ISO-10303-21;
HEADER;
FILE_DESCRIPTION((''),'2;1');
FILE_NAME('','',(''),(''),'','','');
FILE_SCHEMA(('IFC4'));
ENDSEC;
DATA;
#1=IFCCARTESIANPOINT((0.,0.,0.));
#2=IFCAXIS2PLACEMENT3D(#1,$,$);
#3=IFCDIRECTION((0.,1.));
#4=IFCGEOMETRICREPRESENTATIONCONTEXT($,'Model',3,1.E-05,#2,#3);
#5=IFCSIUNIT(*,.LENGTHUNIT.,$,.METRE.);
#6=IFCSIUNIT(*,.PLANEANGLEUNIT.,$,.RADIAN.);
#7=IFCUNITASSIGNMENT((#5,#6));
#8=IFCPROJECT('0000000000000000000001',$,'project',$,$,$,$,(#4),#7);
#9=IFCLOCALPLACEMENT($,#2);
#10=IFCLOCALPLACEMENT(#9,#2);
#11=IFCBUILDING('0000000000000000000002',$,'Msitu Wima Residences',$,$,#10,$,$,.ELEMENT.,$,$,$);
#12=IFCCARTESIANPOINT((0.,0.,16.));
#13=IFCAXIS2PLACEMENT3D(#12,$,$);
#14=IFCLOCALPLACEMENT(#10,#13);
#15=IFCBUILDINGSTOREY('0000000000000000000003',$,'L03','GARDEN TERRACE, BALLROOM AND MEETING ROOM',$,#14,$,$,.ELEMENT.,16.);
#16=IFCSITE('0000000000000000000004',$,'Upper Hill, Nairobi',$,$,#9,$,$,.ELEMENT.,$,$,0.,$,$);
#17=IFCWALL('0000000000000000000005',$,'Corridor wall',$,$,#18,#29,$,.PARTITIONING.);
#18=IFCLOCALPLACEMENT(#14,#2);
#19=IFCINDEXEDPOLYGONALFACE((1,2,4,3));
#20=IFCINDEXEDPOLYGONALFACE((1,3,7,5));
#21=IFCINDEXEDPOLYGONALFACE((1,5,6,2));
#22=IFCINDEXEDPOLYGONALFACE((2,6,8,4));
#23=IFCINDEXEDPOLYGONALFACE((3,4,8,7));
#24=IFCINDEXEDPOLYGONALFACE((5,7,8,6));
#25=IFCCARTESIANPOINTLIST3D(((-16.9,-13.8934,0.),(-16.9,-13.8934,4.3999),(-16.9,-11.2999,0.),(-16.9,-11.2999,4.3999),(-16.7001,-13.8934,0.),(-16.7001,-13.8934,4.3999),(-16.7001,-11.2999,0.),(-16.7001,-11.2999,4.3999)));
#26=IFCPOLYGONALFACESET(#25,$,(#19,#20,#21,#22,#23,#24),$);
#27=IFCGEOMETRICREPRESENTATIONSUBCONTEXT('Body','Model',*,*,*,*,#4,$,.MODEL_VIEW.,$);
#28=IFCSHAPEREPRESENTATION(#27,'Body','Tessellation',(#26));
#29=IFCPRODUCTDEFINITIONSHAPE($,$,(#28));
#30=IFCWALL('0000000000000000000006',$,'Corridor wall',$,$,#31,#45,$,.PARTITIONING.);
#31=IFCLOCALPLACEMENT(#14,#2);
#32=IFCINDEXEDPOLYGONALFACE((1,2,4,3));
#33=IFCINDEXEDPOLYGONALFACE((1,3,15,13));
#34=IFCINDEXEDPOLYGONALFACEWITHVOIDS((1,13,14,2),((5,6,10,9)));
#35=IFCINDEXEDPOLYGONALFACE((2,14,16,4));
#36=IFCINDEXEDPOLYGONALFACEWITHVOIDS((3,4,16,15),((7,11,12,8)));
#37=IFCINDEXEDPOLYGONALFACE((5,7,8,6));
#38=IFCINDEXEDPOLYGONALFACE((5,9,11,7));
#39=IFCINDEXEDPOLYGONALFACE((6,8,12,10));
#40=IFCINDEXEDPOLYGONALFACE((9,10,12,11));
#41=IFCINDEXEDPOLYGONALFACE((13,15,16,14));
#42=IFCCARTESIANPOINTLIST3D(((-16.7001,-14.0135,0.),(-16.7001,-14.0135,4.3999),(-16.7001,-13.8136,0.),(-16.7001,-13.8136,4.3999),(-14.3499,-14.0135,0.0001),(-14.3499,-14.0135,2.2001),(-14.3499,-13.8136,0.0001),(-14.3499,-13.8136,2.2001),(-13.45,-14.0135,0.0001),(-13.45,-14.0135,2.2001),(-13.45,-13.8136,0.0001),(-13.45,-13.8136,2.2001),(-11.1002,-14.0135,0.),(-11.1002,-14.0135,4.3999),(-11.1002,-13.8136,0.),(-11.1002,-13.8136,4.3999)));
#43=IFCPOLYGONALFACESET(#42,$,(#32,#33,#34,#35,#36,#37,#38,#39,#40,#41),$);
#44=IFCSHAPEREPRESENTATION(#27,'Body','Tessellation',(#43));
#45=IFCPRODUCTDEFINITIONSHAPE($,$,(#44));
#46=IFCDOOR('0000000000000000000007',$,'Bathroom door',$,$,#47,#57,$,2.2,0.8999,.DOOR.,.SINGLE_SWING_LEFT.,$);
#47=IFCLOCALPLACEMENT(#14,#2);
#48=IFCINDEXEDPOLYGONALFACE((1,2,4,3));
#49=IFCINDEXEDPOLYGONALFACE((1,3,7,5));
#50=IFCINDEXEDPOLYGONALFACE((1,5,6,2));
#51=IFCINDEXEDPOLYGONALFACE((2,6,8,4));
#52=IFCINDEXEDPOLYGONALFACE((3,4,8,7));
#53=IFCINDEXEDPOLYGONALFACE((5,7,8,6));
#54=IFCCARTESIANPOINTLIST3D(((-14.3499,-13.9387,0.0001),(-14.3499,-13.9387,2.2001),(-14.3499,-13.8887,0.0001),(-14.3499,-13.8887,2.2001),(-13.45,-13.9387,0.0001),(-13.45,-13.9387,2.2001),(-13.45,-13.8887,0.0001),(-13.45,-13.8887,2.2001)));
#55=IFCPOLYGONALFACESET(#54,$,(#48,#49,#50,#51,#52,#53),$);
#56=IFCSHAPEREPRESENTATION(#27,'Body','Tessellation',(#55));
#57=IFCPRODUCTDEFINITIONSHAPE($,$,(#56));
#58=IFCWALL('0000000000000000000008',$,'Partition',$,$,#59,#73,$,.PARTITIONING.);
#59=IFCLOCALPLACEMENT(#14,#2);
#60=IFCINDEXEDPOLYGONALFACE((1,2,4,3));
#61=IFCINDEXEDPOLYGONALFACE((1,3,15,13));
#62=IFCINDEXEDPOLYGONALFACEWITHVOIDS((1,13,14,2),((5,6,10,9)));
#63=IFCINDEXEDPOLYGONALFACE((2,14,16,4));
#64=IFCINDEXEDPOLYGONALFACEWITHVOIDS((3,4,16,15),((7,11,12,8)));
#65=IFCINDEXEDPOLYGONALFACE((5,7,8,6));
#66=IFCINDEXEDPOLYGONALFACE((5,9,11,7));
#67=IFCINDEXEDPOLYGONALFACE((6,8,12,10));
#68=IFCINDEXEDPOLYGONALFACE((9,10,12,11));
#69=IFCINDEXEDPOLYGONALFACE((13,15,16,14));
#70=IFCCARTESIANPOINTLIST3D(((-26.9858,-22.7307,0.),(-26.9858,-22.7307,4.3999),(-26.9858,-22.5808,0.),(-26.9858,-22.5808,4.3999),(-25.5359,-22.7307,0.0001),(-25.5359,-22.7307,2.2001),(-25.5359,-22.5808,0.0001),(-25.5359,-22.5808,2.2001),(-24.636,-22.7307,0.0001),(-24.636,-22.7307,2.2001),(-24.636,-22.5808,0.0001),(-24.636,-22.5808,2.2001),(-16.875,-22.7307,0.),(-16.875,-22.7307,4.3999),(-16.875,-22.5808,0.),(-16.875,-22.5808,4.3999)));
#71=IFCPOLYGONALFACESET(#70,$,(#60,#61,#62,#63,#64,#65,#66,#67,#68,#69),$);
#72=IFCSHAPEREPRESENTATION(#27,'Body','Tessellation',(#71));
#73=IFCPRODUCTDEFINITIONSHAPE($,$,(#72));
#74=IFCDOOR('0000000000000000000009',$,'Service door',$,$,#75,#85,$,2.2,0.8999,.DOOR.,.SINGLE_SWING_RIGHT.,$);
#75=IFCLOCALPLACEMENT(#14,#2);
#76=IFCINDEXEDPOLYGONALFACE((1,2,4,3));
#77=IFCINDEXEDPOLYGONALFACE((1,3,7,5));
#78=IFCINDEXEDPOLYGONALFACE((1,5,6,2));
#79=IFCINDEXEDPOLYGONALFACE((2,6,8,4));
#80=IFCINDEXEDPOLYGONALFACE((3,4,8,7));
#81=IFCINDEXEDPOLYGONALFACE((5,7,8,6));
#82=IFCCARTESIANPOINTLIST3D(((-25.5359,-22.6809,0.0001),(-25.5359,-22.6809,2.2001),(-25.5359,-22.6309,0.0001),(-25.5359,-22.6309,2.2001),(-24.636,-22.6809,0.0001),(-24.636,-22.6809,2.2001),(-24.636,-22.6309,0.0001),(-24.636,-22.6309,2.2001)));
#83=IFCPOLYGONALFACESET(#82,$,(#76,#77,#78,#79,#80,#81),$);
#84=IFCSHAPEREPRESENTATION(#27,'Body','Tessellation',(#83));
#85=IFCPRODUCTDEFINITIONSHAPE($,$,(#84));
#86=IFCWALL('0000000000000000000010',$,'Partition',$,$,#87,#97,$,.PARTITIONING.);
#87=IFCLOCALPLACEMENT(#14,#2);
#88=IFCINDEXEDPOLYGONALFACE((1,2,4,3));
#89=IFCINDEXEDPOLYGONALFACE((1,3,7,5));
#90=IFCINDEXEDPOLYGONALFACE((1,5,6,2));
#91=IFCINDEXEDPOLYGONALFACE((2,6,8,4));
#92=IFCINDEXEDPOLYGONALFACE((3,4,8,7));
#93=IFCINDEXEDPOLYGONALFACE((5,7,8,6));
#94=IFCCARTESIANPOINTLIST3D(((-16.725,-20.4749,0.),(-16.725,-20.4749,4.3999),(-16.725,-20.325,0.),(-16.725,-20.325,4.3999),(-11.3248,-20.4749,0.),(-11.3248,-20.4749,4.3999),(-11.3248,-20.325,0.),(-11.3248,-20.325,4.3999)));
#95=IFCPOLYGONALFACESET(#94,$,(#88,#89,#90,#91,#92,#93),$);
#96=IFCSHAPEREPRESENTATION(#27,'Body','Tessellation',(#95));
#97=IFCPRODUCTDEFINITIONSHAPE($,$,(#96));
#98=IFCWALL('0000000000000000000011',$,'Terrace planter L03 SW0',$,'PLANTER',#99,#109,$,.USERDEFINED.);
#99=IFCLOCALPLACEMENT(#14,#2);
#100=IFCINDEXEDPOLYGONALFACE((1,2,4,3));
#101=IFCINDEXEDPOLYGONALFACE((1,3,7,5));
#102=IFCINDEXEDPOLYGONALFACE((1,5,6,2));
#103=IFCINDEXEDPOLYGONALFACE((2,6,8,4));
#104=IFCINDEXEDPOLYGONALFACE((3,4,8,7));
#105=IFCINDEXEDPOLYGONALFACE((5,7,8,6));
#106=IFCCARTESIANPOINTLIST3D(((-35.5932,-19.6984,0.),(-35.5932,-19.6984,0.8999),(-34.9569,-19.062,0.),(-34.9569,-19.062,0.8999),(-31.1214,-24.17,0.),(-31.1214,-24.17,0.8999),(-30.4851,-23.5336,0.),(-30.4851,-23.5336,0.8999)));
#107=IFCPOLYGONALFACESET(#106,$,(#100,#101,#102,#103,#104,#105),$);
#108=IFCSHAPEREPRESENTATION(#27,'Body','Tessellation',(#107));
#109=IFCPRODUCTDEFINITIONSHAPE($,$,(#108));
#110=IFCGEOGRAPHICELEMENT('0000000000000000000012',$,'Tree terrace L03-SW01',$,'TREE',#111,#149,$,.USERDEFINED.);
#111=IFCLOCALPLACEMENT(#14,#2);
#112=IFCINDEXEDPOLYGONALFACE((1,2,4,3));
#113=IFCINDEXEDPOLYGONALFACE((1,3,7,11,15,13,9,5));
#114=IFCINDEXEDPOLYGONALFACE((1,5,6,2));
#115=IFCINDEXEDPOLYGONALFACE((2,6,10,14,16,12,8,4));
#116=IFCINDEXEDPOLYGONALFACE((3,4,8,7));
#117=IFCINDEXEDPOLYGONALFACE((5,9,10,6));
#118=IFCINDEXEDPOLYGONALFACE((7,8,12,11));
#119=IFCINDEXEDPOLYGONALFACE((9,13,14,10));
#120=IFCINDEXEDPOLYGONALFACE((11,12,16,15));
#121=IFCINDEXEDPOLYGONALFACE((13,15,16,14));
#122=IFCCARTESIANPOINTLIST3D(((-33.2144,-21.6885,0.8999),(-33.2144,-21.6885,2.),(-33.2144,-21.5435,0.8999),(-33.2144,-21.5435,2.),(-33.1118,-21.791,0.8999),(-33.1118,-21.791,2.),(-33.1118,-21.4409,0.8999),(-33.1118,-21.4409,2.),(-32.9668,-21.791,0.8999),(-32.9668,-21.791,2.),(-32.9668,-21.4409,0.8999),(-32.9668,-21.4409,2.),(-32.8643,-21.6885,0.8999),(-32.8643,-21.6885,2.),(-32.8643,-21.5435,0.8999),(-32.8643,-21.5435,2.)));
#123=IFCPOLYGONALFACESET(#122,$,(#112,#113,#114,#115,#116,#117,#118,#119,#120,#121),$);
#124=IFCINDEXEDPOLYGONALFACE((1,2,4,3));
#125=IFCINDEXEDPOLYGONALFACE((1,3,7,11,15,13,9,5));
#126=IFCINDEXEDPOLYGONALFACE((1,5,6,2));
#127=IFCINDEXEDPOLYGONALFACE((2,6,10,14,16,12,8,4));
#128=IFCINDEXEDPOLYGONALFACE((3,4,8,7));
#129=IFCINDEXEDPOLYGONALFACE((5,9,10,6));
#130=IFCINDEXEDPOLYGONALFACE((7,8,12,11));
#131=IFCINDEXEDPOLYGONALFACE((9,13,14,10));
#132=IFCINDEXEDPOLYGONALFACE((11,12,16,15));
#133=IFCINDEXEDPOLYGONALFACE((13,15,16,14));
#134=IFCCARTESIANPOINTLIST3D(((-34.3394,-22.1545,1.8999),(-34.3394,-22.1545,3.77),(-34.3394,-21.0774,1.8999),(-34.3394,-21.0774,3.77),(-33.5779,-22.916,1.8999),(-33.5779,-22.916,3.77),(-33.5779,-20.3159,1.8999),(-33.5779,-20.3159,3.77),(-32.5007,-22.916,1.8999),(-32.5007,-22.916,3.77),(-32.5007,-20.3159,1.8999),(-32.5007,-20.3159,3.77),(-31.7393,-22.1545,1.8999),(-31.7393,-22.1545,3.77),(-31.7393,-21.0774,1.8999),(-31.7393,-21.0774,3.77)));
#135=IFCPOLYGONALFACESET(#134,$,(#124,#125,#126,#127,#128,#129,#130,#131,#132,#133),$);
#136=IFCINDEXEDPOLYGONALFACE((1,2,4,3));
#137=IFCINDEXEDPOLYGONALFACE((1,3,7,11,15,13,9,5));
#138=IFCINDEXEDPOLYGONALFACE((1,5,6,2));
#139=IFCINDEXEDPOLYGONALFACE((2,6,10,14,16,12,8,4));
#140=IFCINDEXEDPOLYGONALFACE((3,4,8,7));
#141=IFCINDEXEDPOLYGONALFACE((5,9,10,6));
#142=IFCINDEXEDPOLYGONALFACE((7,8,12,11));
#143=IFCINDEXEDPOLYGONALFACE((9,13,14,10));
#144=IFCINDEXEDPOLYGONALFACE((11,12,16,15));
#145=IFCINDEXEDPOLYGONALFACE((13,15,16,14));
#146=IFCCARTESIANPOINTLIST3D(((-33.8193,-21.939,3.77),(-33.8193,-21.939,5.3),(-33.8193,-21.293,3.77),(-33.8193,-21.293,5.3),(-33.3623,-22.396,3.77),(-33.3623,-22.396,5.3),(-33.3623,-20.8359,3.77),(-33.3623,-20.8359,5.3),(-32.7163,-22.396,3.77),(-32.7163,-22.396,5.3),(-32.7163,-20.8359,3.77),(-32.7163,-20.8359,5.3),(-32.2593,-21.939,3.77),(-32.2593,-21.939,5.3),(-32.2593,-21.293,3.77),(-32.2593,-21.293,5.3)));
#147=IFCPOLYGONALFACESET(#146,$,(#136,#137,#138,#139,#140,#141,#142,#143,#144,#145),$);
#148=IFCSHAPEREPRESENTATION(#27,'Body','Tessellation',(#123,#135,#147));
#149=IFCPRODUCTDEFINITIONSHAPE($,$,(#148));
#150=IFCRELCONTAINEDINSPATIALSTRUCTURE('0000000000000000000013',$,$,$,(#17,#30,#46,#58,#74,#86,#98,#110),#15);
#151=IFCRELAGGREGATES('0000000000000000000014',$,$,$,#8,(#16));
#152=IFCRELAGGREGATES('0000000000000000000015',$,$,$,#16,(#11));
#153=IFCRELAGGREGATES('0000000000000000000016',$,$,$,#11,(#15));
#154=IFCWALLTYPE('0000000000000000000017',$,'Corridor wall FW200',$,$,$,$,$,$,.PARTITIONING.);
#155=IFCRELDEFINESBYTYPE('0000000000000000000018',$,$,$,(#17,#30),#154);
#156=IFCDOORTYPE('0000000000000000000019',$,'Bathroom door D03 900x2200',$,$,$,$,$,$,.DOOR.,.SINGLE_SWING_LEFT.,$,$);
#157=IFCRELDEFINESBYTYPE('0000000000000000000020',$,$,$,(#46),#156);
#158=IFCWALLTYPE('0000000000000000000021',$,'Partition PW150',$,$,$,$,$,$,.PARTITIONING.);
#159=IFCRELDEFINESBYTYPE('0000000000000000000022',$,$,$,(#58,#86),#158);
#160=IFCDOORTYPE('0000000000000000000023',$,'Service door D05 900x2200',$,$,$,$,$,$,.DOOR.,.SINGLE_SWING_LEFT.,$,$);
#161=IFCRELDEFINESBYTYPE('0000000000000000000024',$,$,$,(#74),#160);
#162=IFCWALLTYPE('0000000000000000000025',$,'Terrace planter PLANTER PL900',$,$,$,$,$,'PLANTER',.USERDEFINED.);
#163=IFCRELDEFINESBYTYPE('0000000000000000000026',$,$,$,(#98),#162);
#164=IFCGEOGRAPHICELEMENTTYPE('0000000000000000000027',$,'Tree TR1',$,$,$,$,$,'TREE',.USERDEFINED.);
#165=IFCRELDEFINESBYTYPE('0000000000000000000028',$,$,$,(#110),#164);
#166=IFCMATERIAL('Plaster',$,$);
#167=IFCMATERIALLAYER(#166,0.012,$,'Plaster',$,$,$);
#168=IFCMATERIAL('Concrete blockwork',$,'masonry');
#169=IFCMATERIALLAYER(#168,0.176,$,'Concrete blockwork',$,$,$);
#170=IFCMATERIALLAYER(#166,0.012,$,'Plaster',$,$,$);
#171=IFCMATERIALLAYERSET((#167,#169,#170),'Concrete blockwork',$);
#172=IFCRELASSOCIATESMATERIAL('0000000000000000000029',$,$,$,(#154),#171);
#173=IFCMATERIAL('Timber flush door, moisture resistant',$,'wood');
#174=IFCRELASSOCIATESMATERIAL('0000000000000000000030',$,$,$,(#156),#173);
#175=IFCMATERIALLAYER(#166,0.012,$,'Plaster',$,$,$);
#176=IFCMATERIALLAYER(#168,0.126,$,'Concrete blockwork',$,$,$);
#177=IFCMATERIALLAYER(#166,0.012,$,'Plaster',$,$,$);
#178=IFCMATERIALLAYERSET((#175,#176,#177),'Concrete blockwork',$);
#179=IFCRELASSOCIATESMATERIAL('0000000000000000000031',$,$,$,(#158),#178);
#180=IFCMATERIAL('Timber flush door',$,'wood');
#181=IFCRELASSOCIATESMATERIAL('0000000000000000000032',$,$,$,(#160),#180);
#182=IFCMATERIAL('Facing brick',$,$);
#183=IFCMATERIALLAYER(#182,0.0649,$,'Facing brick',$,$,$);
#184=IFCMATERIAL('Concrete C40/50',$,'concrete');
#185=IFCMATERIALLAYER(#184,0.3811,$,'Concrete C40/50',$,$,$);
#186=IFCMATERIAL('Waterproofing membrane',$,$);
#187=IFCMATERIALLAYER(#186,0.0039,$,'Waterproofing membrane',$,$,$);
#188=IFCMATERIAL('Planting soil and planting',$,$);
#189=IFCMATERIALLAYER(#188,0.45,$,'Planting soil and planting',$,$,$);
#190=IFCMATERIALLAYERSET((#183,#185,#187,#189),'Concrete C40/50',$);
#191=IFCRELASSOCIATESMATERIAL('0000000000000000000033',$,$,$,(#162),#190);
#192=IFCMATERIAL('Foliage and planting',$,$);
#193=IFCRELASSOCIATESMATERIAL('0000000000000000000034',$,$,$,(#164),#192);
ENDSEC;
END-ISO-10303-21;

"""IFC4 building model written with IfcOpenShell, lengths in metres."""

from ifc_helpers import new_model, si_unit, direction, frame, frame_2d, origin, place, context, subcontext, project, spatial, polyline, rectangle, outline, extrude, material, layer, layer_set, type_object, element, fill, save


model = new_model("IFC4")

# Units and contexts
model_context = context("Model", 3, precision=1e-05, world=origin(), true_north=direction((0.0, 1.0)))
body_context = subcontext(model_context, "Body", "Model", "MODEL_VIEW")
ifc_project = project(units=[si_unit("LENGTHUNIT", "METRE"), si_unit("PLANEANGLEUNIT", "RADIAN")], contexts=[model_context])

# Site, building, storey
site_placement = place(None, origin())
site = spatial("IfcSite", under=ifc_project, at=site_placement, Name="Upper Hill, Nairobi", CompositionType="ELEMENT", RefElevation=0.0)
building_placement = place(site_placement, origin())
building = spatial("IfcBuilding", under=site, at=building_placement, Name="Msitu Wima Residences", CompositionType="ELEMENT")
storey_placement = place(building_placement, frame((0.0, 0.0, 16.0)))
storey = spatial("IfcBuildingStorey", under=building, at=storey_placement, Name="L03", Description="GARDEN TERRACE, BALLROOM AND MEETING ROOM", CompositionType="ELEMENT", Elevation=16.0)

# Wall
ifc_material_1 = material(Name="Plaster")
ifc_layer_1 = layer(ifc_material_1, 0.012, Name="Plaster")
ifc_material_2 = material(Name="Concrete blockwork", Category="masonry")
ifc_layer_2 = layer(ifc_material_2, 0.176, Name="Concrete blockwork")
ifc_layer_3 = layer(ifc_material_1, 0.012, Name="Plaster")
ifc_layer_set_1 = layer_set([ifc_layer_1, ifc_layer_2, ifc_layer_3], Name="Concrete blockwork")
wall_type_1 = type_object("IfcWallType", Name="Corridor wall FW200", PredefinedType="PARTITIONING", material=ifc_layer_set_1)
wall_1_placement = place(storey_placement, frame((-16.8, -13.8936, 0.0), z_axis=(0.0, 0.0, 1.0), x_axis=(0.0, 1.0, 0.0)))
element("IfcWall", 1, at=wall_1_placement, inside=storey, type_object=wall_type_1, Name="Corridor wall", PredefinedType="PARTITIONING", context=body_context, shape_type="SweptSolid", body=[
    extrude(rectangle(XDim=2.5935, YDim=0.2, at=frame_2d((1.2969, 0.0))), origin(), (0.0, 0.0, 1.0), 4.3999),
])

# Walls, openings, doors
wall_2_placement = place(storey_placement, frame((-16.7, -13.9136, 0.0), z_axis=(0.0, 0.0, 1.0), x_axis=(1.0, 0.0, 0.0)))
wall_2 = element("IfcWall", 2, at=wall_2_placement, inside=storey, type_object=wall_type_1, Name="Corridor wall", PredefinedType="PARTITIONING", context=body_context, shape_type="SweptSolid", body=[
    extrude(rectangle(XDim=5.5999, YDim=0.2, at=frame_2d((2.7998, 0.0))), origin(), (0.0, 0.0, 1.0), 4.3999),
])
opening_1_placement = place(wall_2_placement, frame((2.3501, 0.0, 0.0)))
opening_1 = element("IfcOpeningElement", 3, at=opening_1_placement, cuts=wall_2, PredefinedType="OPENING", context=body_context, shape_type="SweptSolid", body=[
    extrude(rectangle(XDim=0.8999, YDim=2.2, at=frame_2d((0.45, 1.1001))), frame((0.0, 0.1099, 0.0), z_axis=(0.0, -1.0, 0.0), x_axis=(1.0, 0.0, 0.0)), (0.0, 0.0, 1.0), 0.22),
])
ifc_material_3 = material(Name="Timber flush door, moisture resistant", Category="wood")
door_type_1 = type_object("IfcDoorType", Name="Bathroom door D03 900x2200", OperationType="SINGLE_SWING_LEFT", PredefinedType="DOOR", material=ifc_material_3)
door_1_placement = place(opening_1_placement, origin())
door_1 = element("IfcDoor", 4, at=door_1_placement, inside=storey, type_object=door_type_1, Name="Bathroom door", OperationType="SINGLE_SWING_LEFT", OverallHeight=2.2, OverallWidth=0.8999, PredefinedType="DOOR", context=body_context, shape_type="SweptSolid", body=[
    extrude(rectangle(XDim=0.8999, YDim=2.2, at=frame_2d((0.45, 1.1001))), frame((0.0, 0.0249, 0.0), z_axis=(0.0, -1.0, 0.0), x_axis=(1.0, 0.0, 0.0)), (0.0, 0.0, 1.0), 0.05),
])
fill(opening_1, door_1)
ifc_layer_4 = layer(ifc_material_1, 0.012, Name="Plaster")
ifc_layer_5 = layer(ifc_material_2, 0.126, Name="Concrete blockwork")
ifc_layer_6 = layer(ifc_material_1, 0.012, Name="Plaster")
ifc_layer_set_2 = layer_set([ifc_layer_4, ifc_layer_5, ifc_layer_6], Name="Concrete blockwork")
wall_type_2 = type_object("IfcWallType", Name="Partition PW150", PredefinedType="PARTITIONING", material=ifc_layer_set_2)
wall_3_placement = place(storey_placement, frame((-26.9858, -22.6558, 0.0), z_axis=(0.0, 0.0, 1.0), x_axis=(1.0, 0.0, 0.0)))
wall_3 = element("IfcWall", 5, at=wall_3_placement, inside=storey, type_object=wall_type_2, Name="Partition", PredefinedType="PARTITIONING", context=body_context, shape_type="SweptSolid", body=[
    extrude(rectangle(XDim=10.1108, YDim=0.1499, at=frame_2d((5.0554, 0.0))), origin(), (0.0, 0.0, 1.0), 4.3999),
])
opening_2_placement = place(wall_3_placement, frame((1.45, 0.0, 0.0)))
opening_2 = element("IfcOpeningElement", 6, at=opening_2_placement, cuts=wall_3, PredefinedType="OPENING", context=body_context, shape_type="SweptSolid", body=[
    extrude(rectangle(XDim=0.8999, YDim=2.2, at=frame_2d((0.45, 1.1001))), frame((0.0, 0.085, 0.0), z_axis=(0.0, -1.0, 0.0), x_axis=(1.0, 0.0, 0.0)), (0.0, 0.0, 1.0), 0.1699),
])
ifc_material_4 = material(Name="Timber flush door", Category="wood")
door_type_2 = type_object("IfcDoorType", Name="Service door D05 900x2200", OperationType="SINGLE_SWING_LEFT", PredefinedType="DOOR", material=ifc_material_4)
door_2_placement = place(opening_2_placement, origin())
door_2 = element("IfcDoor", 7, at=door_2_placement, inside=storey, type_object=door_type_2, Name="Service door", OperationType="SINGLE_SWING_RIGHT", OverallHeight=2.2, OverallWidth=0.8999, PredefinedType="DOOR", context=body_context, shape_type="SweptSolid", body=[
    extrude(rectangle(XDim=0.8999, YDim=2.2, at=frame_2d((0.45, 1.1001))), frame((0.0, 0.0249, 0.0), z_axis=(0.0, -1.0, 0.0), x_axis=(1.0, 0.0, 0.0)), (0.0, 0.0, 1.0), 0.05),
])
fill(opening_2, door_2)

# Walls
wall_4_placement = place(storey_placement, frame((-16.7251, -20.3999, 0.0), z_axis=(0.0, 0.0, 1.0), x_axis=(1.0, 0.0, 0.0)))
element("IfcWall", 8, at=wall_4_placement, inside=storey, type_object=wall_type_2, Name="Partition", PredefinedType="PARTITIONING", context=body_context, shape_type="SweptSolid", body=[
    extrude(rectangle(XDim=5.4001, YDim=0.1499, at=frame_2d((2.7002, 0.0))), origin(), (0.0, 0.0, 1.0), 4.3999),
])
ifc_material_5 = material(Name="Facing brick")
ifc_layer_7 = layer(ifc_material_5, 0.0649, Name="Facing brick")
ifc_material_6 = material(Name="Concrete C40/50", Category="concrete")
ifc_layer_8 = layer(ifc_material_6, 0.3811, Name="Concrete C40/50")
ifc_material_7 = material(Name="Waterproofing membrane")
ifc_layer_9 = layer(ifc_material_7, 0.0039, Name="Waterproofing membrane")
ifc_material_8 = material(Name="Planting soil and planting")
ifc_layer_10 = layer(ifc_material_8, 0.45, Name="Planting soil and planting")
ifc_layer_set_3 = layer_set([ifc_layer_7, ifc_layer_8, ifc_layer_9, ifc_layer_10], Name="Concrete C40/50")
wall_type_3 = type_object("IfcWallType", Name="Terrace planter PLANTER PL900", ElementType="PLANTER", PredefinedType="USERDEFINED", material=ifc_layer_set_3)
wall_5_placement = place(storey_placement, frame((-35.2751, -19.3801, 0.0), z_axis=(0.0, 0.0, 1.0), x_axis=(0.707126, -0.707087, 0.0)))
element("IfcWall", 9, at=wall_5_placement, inside=storey, type_object=wall_type_3, Name="Terrace planter L03 SW0", ObjectType="PLANTER", PredefinedType="USERDEFINED", context=body_context, shape_type="SweptSolid", body=[
    extrude(rectangle(XDim=6.324, YDim=0.8999, at=frame_2d((3.1621, 0.0))), origin(), (0.0, 0.0, 1.0), 0.8999),
])

# Geographic element
ifc_material_9 = material(Name="Foliage and planting")
geographic_element_type = type_object("IfcGeographicElementType", Name="Tree TR1", ElementType="TREE", PredefinedType="USERDEFINED", material=ifc_material_9)
geographic_element_placement = place(storey_placement, frame((-33.0393, -21.616, 0.8999), z_axis=(0.0, 0.0, 1.0), x_axis=(1.0, 0.0, 0.0)))
element("IfcGeographicElement", 10, at=geographic_element_placement, inside=storey, type_object=geographic_element_type, Name="Tree terrace L03-SW01", ObjectType="TREE", PredefinedType="USERDEFINED", context=body_context, shape_type="SweptSolid", body=[
    extrude(outline(polyline([(0.175, 0.0725), (0.0725, 0.175), (-0.0725, 0.175), (-0.175, 0.0725), (-0.175, -0.0725), (-0.0725, -0.175), (0.0725, -0.175), (0.175, -0.0725), (0.175, 0.0725)])), origin(), (0.0, 0.0, 1.0), 1.1001),
    extrude(outline(polyline([(1.3, 0.5386), (0.5386, 1.3), (-0.5386, 1.3), (-1.3, 0.5386), (-1.3, -0.5386), (-0.5386, -1.3), (0.5386, -1.3), (1.3, -0.5386), (1.3, 0.5386)])), frame((0.0, 0.0, 1.0)), (0.0, 0.0, 1.0), 1.8701),
    extrude(outline(polyline([(0.78, 0.323), (0.323, 0.78), (-0.323, 0.78), (-0.78, 0.323), (-0.78, -0.323), (-0.323, -0.78), (0.323, -0.78), (0.78, -0.323), (0.78, 0.323)])), frame((0.0, 0.0, 2.8701)), (0.0, 0.0, 1.0), 1.53),
])

save(model, "model.ifc")
